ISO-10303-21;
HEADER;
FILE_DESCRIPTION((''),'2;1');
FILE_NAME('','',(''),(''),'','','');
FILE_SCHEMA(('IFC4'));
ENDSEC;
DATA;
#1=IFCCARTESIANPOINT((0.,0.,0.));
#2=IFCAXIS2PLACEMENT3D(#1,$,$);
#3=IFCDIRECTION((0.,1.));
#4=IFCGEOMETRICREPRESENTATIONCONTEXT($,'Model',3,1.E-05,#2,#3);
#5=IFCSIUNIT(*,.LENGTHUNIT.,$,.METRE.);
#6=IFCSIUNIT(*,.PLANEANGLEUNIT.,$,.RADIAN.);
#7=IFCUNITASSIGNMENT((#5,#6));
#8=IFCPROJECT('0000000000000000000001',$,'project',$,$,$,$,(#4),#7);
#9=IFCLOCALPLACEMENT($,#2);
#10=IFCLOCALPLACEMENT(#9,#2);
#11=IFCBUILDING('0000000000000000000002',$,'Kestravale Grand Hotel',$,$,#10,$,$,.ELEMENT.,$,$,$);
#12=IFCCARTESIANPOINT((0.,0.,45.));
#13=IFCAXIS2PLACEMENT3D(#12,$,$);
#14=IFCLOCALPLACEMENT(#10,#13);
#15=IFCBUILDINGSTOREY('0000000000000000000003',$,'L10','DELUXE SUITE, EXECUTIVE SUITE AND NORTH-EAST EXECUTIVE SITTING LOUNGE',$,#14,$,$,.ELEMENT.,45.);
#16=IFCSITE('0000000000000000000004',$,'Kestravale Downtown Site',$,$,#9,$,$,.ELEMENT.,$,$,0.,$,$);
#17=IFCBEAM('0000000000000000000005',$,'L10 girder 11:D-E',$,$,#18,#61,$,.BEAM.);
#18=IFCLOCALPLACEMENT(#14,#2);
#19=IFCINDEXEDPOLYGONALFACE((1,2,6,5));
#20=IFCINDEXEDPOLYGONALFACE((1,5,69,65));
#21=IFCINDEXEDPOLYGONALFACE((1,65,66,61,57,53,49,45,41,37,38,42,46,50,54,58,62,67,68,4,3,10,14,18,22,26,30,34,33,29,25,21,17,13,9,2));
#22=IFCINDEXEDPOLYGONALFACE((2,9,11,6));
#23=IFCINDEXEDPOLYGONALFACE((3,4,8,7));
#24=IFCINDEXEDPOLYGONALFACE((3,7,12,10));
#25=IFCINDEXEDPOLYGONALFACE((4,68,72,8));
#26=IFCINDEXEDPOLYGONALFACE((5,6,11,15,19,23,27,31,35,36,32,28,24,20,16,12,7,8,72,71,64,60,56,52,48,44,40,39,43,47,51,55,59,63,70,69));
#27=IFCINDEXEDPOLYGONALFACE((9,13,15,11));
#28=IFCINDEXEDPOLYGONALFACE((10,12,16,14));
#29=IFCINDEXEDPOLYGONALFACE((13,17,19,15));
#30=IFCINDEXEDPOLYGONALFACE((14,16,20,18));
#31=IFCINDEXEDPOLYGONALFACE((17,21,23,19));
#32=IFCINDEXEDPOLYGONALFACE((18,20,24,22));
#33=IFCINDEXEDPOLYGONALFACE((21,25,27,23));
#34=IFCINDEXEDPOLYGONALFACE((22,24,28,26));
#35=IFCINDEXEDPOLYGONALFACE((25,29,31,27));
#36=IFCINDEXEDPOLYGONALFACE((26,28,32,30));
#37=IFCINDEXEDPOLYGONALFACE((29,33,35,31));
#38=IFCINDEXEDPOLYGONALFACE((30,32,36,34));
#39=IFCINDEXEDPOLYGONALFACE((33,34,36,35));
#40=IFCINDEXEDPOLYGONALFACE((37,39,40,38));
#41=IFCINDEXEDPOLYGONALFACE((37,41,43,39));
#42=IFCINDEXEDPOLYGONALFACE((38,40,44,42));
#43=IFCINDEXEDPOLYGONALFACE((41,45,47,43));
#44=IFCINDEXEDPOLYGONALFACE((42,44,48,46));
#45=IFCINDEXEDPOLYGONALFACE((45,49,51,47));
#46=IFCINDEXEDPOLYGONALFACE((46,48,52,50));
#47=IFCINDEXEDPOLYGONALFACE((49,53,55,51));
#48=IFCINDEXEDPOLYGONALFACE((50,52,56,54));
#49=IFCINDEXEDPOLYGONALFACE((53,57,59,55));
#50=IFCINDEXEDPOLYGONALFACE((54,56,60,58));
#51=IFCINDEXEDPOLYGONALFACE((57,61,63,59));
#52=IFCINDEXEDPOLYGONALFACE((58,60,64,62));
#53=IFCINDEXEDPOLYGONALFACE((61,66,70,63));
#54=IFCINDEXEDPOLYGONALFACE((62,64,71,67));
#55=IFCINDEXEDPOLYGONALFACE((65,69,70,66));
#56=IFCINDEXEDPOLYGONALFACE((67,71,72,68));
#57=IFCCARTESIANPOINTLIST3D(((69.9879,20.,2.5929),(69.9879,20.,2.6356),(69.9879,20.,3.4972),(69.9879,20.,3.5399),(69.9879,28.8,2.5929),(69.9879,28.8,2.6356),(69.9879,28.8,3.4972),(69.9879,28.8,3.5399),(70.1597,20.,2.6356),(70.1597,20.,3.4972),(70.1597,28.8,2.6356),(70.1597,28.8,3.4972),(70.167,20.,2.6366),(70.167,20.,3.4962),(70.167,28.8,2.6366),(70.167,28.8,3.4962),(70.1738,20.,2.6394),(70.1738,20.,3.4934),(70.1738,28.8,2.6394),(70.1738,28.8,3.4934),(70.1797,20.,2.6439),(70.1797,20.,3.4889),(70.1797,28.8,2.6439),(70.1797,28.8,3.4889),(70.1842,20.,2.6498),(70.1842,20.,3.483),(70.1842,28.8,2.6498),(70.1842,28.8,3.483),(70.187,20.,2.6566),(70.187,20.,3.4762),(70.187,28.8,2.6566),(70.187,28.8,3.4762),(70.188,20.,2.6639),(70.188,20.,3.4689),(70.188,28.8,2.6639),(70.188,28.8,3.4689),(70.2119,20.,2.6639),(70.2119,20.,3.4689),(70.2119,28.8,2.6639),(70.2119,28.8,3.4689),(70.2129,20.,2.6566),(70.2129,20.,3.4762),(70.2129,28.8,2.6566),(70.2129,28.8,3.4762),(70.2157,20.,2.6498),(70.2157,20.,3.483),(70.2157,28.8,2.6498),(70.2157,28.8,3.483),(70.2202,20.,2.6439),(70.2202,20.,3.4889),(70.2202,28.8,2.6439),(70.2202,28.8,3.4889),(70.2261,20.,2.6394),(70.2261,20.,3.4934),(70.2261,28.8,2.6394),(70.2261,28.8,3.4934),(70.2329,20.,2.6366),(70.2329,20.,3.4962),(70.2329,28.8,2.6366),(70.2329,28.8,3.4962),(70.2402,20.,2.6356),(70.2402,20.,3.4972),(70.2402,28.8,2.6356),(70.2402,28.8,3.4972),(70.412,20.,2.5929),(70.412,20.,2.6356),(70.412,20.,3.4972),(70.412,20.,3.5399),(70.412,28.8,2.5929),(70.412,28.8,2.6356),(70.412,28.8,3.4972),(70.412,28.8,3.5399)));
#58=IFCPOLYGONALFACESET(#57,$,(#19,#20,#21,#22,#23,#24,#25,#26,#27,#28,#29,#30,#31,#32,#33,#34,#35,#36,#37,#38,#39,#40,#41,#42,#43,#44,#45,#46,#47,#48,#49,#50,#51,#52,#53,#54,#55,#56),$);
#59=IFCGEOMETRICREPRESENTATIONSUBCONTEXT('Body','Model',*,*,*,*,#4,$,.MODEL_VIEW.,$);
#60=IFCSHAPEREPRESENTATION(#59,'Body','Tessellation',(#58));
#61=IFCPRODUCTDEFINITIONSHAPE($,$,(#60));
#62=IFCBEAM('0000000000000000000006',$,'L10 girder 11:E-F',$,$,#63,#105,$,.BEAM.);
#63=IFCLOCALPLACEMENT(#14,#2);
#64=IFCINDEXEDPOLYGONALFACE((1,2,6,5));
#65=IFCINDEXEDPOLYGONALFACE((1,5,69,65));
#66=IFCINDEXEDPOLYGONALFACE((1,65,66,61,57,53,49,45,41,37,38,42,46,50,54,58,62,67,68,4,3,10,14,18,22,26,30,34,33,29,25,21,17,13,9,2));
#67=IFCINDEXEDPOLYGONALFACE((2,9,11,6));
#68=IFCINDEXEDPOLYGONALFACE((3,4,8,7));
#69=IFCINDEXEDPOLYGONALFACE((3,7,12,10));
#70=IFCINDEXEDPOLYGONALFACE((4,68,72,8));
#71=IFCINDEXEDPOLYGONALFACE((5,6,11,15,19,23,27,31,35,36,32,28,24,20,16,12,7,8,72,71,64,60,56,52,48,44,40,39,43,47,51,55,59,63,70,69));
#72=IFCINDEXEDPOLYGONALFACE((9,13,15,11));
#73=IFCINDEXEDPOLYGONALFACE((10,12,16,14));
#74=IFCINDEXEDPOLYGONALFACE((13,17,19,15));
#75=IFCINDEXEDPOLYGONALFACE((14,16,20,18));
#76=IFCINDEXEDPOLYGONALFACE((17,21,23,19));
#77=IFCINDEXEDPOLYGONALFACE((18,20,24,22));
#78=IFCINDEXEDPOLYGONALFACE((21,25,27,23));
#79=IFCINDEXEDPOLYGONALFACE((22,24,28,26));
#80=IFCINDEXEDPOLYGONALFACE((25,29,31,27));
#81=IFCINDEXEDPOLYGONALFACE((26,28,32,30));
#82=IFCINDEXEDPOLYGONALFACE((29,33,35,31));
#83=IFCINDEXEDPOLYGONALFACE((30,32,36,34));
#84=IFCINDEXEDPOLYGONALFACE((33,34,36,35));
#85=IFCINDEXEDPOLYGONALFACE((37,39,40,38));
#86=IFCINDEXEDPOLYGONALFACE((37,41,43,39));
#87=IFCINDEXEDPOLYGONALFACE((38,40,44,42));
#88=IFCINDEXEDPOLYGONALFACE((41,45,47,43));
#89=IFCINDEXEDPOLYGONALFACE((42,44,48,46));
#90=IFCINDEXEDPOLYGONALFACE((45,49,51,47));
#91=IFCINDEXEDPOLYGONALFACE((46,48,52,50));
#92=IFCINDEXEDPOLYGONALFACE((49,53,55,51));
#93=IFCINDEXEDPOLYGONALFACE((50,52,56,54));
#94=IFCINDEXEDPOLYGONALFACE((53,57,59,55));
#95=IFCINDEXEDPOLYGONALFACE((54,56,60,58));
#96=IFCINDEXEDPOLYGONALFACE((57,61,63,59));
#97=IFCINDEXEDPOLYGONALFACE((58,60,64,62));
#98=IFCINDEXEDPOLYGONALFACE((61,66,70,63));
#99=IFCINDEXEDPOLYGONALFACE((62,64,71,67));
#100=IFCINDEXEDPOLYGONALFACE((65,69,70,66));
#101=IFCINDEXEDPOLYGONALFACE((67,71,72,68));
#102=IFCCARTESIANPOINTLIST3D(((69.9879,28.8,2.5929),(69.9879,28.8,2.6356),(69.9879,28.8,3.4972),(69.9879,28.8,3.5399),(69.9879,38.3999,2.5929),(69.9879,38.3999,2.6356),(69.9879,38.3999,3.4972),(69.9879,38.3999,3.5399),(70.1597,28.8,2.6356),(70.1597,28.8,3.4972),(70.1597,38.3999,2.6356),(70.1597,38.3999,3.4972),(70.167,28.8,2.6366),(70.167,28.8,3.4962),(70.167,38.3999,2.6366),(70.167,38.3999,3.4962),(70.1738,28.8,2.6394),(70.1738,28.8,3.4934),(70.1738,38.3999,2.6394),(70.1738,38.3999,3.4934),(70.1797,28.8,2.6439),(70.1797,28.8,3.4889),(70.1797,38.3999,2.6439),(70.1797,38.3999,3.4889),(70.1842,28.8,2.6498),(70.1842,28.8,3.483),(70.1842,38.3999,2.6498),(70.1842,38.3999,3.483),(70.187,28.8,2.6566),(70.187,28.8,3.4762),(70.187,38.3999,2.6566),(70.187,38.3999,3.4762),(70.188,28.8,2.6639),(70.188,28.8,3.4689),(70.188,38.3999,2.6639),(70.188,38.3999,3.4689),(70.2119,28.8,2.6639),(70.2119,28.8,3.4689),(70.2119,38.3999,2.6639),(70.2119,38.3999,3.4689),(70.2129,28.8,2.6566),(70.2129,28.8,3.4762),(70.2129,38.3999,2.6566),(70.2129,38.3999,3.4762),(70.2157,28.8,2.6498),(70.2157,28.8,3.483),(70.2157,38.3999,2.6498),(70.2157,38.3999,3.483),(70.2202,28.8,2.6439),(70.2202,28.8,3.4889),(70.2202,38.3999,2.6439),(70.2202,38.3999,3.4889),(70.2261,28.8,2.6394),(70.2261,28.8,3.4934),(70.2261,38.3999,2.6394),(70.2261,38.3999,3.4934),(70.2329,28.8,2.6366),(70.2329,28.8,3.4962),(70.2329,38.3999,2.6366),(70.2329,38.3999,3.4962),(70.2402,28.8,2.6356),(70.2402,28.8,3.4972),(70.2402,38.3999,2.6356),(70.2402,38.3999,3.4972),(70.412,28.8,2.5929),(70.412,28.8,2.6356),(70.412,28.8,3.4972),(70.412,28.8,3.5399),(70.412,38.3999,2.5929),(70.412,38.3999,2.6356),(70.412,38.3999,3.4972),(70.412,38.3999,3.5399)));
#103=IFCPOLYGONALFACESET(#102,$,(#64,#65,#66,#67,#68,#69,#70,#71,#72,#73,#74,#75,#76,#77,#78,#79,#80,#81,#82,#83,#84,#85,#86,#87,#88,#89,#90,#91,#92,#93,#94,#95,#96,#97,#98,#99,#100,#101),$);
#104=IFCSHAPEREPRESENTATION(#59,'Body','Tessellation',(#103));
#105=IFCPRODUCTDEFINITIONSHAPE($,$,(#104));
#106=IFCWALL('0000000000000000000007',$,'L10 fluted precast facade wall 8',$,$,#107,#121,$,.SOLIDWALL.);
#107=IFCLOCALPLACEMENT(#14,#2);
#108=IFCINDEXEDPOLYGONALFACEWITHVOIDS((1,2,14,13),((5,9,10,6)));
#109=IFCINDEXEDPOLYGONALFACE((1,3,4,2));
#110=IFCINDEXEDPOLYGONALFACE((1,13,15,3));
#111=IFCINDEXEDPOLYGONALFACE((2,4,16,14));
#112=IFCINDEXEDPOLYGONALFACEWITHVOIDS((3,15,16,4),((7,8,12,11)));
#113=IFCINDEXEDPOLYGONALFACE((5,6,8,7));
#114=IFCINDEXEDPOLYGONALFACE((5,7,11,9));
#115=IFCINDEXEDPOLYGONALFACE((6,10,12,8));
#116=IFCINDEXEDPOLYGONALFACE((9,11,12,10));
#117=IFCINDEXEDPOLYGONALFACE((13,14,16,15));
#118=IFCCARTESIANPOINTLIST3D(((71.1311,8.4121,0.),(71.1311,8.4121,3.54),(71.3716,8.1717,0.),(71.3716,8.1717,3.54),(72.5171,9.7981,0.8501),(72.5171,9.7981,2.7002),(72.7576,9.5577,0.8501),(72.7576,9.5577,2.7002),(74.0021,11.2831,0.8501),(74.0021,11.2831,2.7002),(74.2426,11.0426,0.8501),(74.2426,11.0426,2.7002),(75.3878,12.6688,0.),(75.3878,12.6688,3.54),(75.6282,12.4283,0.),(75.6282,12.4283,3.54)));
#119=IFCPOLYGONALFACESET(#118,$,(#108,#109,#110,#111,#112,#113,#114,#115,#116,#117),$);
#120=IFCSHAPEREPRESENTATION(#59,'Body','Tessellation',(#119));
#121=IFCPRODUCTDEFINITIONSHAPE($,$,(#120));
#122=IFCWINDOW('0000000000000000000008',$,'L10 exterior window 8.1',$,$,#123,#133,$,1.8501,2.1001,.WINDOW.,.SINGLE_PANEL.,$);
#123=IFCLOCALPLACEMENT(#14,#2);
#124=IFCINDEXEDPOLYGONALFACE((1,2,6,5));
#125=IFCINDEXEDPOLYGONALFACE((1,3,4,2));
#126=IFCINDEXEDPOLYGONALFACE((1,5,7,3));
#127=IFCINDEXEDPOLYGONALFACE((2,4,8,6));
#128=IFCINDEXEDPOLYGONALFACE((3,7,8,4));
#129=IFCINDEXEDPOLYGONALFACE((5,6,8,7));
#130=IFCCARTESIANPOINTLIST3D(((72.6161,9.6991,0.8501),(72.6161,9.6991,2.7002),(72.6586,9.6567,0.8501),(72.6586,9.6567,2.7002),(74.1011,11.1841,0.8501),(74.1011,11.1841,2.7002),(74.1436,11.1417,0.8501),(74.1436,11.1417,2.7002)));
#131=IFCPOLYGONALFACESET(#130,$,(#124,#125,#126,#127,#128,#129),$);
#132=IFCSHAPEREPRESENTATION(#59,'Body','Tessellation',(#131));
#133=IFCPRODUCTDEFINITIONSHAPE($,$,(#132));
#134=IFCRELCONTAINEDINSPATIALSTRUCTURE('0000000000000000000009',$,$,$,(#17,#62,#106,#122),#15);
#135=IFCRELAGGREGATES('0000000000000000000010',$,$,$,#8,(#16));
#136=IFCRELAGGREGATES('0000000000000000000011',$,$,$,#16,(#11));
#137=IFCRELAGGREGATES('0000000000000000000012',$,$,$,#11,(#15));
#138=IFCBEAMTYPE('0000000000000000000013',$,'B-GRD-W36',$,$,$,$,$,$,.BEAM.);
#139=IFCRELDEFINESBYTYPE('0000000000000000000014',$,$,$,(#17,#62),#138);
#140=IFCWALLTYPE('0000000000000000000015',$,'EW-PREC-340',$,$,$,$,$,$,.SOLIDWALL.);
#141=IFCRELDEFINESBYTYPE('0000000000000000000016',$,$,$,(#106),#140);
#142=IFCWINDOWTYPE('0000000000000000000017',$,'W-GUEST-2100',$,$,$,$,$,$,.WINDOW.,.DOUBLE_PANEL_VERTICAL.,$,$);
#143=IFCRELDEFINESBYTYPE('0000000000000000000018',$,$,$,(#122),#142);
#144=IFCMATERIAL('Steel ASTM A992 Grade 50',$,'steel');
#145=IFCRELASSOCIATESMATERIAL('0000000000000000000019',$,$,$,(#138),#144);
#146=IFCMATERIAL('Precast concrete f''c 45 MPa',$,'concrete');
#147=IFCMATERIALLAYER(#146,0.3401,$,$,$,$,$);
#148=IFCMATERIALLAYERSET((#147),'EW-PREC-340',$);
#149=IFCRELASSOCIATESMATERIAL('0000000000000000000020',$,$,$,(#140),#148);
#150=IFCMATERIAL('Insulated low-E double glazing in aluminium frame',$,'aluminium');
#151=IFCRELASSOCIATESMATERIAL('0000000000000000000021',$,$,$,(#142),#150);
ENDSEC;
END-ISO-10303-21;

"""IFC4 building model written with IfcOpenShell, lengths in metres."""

from ifc_helpers import new_model, si_unit, direction, frame, frame_2d, origin, origin_2d, place, context, subcontext, project, spatial, rectangle, i_section, extrude, material, layer, layer_set, material_profile, profile_set, type_object, element, fill, save


model = new_model("IFC4")

# Units and contexts
model_context = context("Model", 3, precision=1e-05, world=origin(), true_north=direction((0.0, 1.0)))
body_context = subcontext(model_context, "Body", "Model", "MODEL_VIEW")
ifc_project = project(units=[si_unit("LENGTHUNIT", "METRE"), si_unit("PLANEANGLEUNIT", "RADIAN")], contexts=[model_context])

# Site, building, storey
site_placement = place(None, origin())
site = spatial("IfcSite", under=ifc_project, at=site_placement, Name="Kestravale Downtown Site", CompositionType="ELEMENT", RefElevation=0.0)
building_placement = place(site_placement, origin())
building = spatial("IfcBuilding", under=site, at=building_placement, Name="Kestravale Grand Hotel", CompositionType="ELEMENT")
storey_placement = place(building_placement, frame((0.0, 0.0, 45.0)))
storey = spatial("IfcBuildingStorey", under=building, at=storey_placement, Name="L10", Description="DELUXE SUITE, EXECUTIVE SUITE AND NORTH-EAST EXECUTIVE SITTING LOUNGE", CompositionType="ELEMENT", Elevation=45.0)

# Beams
ifc_material_1 = material(Name="Steel ASTM A992 Grade 50", Category="steel")
ifc_material_profile_1 = material_profile(ifc_material_1, i_section(OverallWidth=0.4241, OverallDepth=0.947, WebThickness=0.0239, FlangeThickness=0.0427, FilletRadius=0.0283, at=origin_2d()))
ifc_profile_set_1 = profile_set([ifc_material_profile_1], Name="Steel ASTM A992 Grade 50")
beam_type_1 = type_object("IfcBeamType", Name="B-GRD-W36", PredefinedType="BEAM", material=ifc_profile_set_1)
beam_1_placement = place(storey_placement, frame((70.2, 20.0, 3.0664), z_axis=(0.0, 1.0, 0.0), x_axis=(-1.0, 0.0, 0.0)))
element("IfcBeam", 1, at=beam_1_placement, inside=storey, type_object=beam_type_1, Name="L10 girder 11:D-E", PredefinedType="BEAM", context=body_context, shape_type="SweptSolid", body=[
    extrude(i_section(OverallWidth=0.4241, OverallDepth=0.947, WebThickness=0.0239, FlangeThickness=0.0427, FilletRadius=0.0283, at=origin_2d()), origin(), (0.0, 0.0, 1.0), 8.8),
])
beam_2_placement = place(storey_placement, frame((70.2, 28.8, 3.0664), z_axis=(0.0, 1.0, 0.0), x_axis=(-1.0, 0.0, 0.0)))
element("IfcBeam", 2, at=beam_2_placement, inside=storey, type_object=beam_type_1, Name="L10 girder 11:E-F", PredefinedType="BEAM", context=body_context, shape_type="SweptSolid", body=[
    extrude(i_section(OverallWidth=0.4241, OverallDepth=0.947, WebThickness=0.0239, FlangeThickness=0.0427, FilletRadius=0.0283, at=origin_2d()), origin(), (0.0, 0.0, 1.0), 9.5999),
])

# Wall, opening, window
ifc_material_2 = material(Name="Precast concrete f'c 45 MPa", Category="concrete")
ifc_layer_1 = layer(ifc_material_2, 0.3401)
ifc_layer_set_1 = layer_set([ifc_layer_1], Name="EW-PREC-340")
wall_type_1 = type_object("IfcWallType", Name="EW-PREC-340", PredefinedType="SOLIDWALL", material=ifc_layer_set_1)
wall_1_placement = place(storey_placement, frame((71.2515, 8.292, 0.0), z_axis=(0.0, 0.0, 1.0), x_axis=(0.707107, 0.707107, 0.0)))
wall_1 = element("IfcWall", 3, at=wall_1_placement, inside=storey, type_object=wall_type_1, Name="L10 fluted precast facade wall 8", PredefinedType="SOLIDWALL", context=body_context, shape_type="SweptSolid", body=[
    extrude(rectangle(XDim=6.0198, YDim=0.3401, at=frame_2d((3.0098, 0.0))), origin(), (0.0, 0.0, 1.0), 3.54),
])
opening_1_placement = place(wall_1_placement, frame((1.96, 0.0, 0.8501)))
opening_1 = element("IfcOpeningElement", 4, at=opening_1_placement, cuts=wall_1, PredefinedType="OPENING", context=body_context, shape_type="SweptSolid", body=[
    extrude(rectangle(XDim=2.1001, YDim=1.8501, at=frame_2d((1.05, 0.925))), frame((0.0, 0.1799, 0.0), z_axis=(0.0, -1.0, 0.0), x_axis=(1.0, 0.0, 0.0)), (0.0, 0.0, 1.0), 0.3601),
])
ifc_material_3 = material(Name="Insulated low-E double glazing in aluminium frame", Category="aluminium")
window_type = type_object("IfcWindowType", Name="W-GUEST-2100", PartitioningType="DOUBLE_PANEL_VERTICAL", PredefinedType="WINDOW", material=ifc_material_3)
window_1_placement = place(opening_1_placement, origin())
window_1 = element("IfcWindow", 5, at=window_1_placement, inside=storey, type_object=window_type, Name="L10 exterior window 8.1", OverallHeight=1.8501, OverallWidth=2.1001, PartitioningType="SINGLE_PANEL", PredefinedType="WINDOW", context=body_context, shape_type="SweptSolid", body=[
    extrude(rectangle(XDim=2.1001, YDim=1.8501, at=frame_2d((1.05, 0.925))), frame((0.0, 0.03, 0.0), z_axis=(0.0, -1.0, 0.0), x_axis=(1.0, 0.0, 0.0)), (0.0, 0.0, 1.0), 0.0601),
])
fill(opening_1, window_1)

save(model, "model.ifc")
